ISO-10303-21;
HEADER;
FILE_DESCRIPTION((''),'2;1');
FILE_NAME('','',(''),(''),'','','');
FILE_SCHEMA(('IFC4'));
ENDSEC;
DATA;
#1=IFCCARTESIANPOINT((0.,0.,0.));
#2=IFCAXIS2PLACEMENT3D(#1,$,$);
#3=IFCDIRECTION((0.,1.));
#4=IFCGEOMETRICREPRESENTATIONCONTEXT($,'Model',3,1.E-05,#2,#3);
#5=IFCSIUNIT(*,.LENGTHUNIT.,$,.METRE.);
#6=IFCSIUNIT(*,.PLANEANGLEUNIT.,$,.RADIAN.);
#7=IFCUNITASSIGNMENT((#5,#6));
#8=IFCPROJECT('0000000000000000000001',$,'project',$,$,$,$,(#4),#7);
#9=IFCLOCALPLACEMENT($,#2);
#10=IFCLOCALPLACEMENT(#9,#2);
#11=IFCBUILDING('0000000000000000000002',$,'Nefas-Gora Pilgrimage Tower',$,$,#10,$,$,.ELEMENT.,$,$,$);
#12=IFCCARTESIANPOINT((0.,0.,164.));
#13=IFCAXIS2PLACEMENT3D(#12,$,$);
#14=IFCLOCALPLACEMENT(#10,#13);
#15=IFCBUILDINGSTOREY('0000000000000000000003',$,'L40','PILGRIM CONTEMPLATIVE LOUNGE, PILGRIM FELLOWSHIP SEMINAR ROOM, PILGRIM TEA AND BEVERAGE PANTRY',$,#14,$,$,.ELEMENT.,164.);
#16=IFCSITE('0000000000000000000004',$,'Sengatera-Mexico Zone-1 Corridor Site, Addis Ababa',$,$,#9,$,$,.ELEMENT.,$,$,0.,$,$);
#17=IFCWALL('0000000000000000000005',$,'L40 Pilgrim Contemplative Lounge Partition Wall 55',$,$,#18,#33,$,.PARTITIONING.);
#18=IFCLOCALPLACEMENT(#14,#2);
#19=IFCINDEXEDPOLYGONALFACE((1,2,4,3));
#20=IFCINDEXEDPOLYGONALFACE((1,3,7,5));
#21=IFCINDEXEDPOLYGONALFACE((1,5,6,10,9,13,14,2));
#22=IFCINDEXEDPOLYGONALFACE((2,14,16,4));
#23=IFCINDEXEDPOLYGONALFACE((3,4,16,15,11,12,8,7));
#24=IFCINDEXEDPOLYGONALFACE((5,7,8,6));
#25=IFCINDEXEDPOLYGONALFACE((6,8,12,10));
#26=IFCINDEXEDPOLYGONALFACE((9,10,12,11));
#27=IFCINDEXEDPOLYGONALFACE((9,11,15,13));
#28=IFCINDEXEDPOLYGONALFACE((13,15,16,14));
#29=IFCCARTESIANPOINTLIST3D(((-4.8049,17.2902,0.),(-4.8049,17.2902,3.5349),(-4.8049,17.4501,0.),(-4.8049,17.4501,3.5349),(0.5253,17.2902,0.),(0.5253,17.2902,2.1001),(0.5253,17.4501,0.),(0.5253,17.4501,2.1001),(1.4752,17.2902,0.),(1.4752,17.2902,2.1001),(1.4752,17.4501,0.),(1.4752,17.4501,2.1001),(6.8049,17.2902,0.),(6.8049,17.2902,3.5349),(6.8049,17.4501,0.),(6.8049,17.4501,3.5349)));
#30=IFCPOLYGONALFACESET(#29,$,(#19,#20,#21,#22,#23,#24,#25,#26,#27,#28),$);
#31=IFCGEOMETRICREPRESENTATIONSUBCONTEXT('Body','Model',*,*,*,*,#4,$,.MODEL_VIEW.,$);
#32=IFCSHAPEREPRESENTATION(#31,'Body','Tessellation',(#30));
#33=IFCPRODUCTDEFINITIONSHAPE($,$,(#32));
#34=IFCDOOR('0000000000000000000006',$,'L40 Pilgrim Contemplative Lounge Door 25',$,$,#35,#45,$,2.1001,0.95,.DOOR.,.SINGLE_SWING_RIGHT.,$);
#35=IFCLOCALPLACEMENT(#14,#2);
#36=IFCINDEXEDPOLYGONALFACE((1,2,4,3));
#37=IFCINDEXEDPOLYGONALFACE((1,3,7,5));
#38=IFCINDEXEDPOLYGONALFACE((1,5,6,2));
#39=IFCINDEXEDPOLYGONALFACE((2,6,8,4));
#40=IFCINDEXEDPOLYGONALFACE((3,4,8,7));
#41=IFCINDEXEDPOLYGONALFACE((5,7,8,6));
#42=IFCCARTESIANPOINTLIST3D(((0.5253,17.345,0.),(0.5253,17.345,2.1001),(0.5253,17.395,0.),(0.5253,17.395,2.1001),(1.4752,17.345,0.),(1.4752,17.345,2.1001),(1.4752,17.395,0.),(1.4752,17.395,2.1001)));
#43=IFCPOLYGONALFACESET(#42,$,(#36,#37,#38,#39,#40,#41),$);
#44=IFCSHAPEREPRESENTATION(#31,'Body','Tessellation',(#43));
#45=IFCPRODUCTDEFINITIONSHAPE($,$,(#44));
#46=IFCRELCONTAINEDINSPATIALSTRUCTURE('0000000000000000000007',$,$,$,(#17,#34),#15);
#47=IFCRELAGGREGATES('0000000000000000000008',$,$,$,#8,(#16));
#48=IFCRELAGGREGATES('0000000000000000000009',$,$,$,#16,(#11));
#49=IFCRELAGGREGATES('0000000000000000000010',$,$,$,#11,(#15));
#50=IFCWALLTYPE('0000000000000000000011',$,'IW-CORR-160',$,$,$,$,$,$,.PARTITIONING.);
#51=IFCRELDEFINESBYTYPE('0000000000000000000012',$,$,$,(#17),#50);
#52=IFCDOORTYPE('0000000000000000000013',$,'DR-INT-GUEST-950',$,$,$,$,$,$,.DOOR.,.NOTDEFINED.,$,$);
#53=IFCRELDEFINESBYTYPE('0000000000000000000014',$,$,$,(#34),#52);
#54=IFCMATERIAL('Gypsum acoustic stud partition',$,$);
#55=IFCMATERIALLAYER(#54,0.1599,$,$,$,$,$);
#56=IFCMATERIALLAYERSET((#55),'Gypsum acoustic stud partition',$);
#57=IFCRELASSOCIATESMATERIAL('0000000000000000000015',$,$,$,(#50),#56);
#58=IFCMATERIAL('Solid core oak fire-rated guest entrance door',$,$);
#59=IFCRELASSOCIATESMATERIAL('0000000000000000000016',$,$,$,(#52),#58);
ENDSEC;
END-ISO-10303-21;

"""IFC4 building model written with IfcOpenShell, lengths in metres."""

from ifc_helpers import new_model, si_unit, direction, frame, frame_2d, origin, place, context, subcontext, project, spatial, rectangle, extrude, source, transform, mapped, material, layer, layer_set, type_object, element, fill, save


model = new_model("IFC4")

# Units and contexts
model_context = context("Model", 3, precision=1e-05, world=origin(), true_north=direction((0.0, 1.0)))
body_context = subcontext(model_context, "Body", "Model", "MODEL_VIEW")
ifc_project = project(units=[si_unit("LENGTHUNIT", "METRE"), si_unit("PLANEANGLEUNIT", "RADIAN")], contexts=[model_context])

# Site, building, storey
site_placement = place(None, origin())
site = spatial("IfcSite", under=ifc_project, at=site_placement, Name="Sengatera-Mexico Zone-1 Corridor Site, Addis Ababa", CompositionType="ELEMENT", RefElevation=0.0)
building_placement = place(site_placement, origin())
building = spatial("IfcBuilding", under=site, at=building_placement, Name="Nefas-Gora Pilgrimage Tower", CompositionType="ELEMENT")
storey_placement = place(building_placement, frame((0.0, 0.0, 164.0)))
storey = spatial("IfcBuildingStorey", under=building, at=storey_placement, Name="L40", Description="PILGRIM CONTEMPLATIVE LOUNGE, PILGRIM FELLOWSHIP SEMINAR ROOM, PILGRIM TEA AND BEVERAGE PANTRY", CompositionType="ELEMENT", Elevation=164.0)

# Shared definitions
ifc_material_1 = material(Name="Gypsum acoustic stud partition")
ifc_layer_1 = layer(ifc_material_1, 0.1599)
ifc_layer_set_1 = layer_set([ifc_layer_1], Name="Gypsum acoustic stud partition")
wall_type_1 = type_object("IfcWallType", Name="IW-CORR-160", PredefinedType="PARTITIONING", material=ifc_layer_set_1)
ifc_material_2 = material(Name="Solid core oak fire-rated guest entrance door")
door_type_1 = type_object("IfcDoorType", Name="DR-INT-GUEST-950", OperationType="NOTDEFINED", PredefinedType="DOOR", material=ifc_material_2)
shared_shape_1 = source(origin(), body_context, "Body", "SweptSolid", [
    extrude(rectangle(XDim=0.95, YDim=2.1001, at=frame_2d((0.4751, 1.05))), frame((0.0, 0.0249, 0.0), z_axis=(0.0, -1.0, 0.0), x_axis=(1.0, 0.0, 0.0)), (0.0, 0.0, 1.0), 0.05),
])

# Wall, opening, door
shared_shape_2 = source(origin(), body_context, "Body", "SweptSolid", [
    extrude(rectangle(XDim=11.6099, YDim=0.1599, at=frame_2d((5.8049, 0.0))), origin(), (0.0, 0.0, 1.0), 3.5349),
])
wall_1_placement = place(storey_placement, frame((-4.8049, 17.3701, 0.0), z_axis=(0.0, 0.0, 1.0), x_axis=(1.0, 0.0, 0.0)))
wall_1 = element("IfcWall", 1, at=wall_1_placement, inside=storey, type_object=wall_type_1, Name="L40 Pilgrim Contemplative Lounge Partition Wall 55", PredefinedType="PARTITIONING", context=body_context, shape_type="MappedRepresentation", body=[
    mapped(shared_shape_2, transform((0.0, 0.0, 0.0), x_axis=(1.0, 0.0, 0.0), y_axis=(0.0, 1.0, 0.0), z_axis=(0.0, 0.0, 1.0), scale=1.0)),
])
opening_1_placement = place(wall_1_placement, frame((5.3301, 0.0, 0.0)))
opening_1 = element("IfcOpeningElement", 2, at=opening_1_placement, cuts=wall_1, PredefinedType="OPENING", context=body_context, shape_type="SweptSolid", body=[
    extrude(rectangle(XDim=0.95, YDim=2.1001, at=frame_2d((0.4751, 1.05))), frame((0.0, 0.0898, 0.0), z_axis=(0.0, -1.0, 0.0), x_axis=(1.0, 0.0, 0.0)), (0.0, 0.0, 1.0), 0.1799),
])
door_1_placement = place(opening_1_placement, origin())
door_1 = element("IfcDoor", 3, at=door_1_placement, inside=storey, type_object=door_type_1, Name="L40 Pilgrim Contemplative Lounge Door 25", OperationType="SINGLE_SWING_RIGHT", OverallHeight=2.1001, OverallWidth=0.95, PredefinedType="DOOR", context=body_context, shape_type="MappedRepresentation", body=[
    mapped(shared_shape_1, transform((0.0, 0.0, 0.0), x_axis=(1.0, 0.0, 0.0), y_axis=(0.0, 1.0, 0.0), z_axis=(0.0, 0.0, 1.0), scale=1.0)),
])
fill(opening_1, door_1)

save(model, "model.ifc")
